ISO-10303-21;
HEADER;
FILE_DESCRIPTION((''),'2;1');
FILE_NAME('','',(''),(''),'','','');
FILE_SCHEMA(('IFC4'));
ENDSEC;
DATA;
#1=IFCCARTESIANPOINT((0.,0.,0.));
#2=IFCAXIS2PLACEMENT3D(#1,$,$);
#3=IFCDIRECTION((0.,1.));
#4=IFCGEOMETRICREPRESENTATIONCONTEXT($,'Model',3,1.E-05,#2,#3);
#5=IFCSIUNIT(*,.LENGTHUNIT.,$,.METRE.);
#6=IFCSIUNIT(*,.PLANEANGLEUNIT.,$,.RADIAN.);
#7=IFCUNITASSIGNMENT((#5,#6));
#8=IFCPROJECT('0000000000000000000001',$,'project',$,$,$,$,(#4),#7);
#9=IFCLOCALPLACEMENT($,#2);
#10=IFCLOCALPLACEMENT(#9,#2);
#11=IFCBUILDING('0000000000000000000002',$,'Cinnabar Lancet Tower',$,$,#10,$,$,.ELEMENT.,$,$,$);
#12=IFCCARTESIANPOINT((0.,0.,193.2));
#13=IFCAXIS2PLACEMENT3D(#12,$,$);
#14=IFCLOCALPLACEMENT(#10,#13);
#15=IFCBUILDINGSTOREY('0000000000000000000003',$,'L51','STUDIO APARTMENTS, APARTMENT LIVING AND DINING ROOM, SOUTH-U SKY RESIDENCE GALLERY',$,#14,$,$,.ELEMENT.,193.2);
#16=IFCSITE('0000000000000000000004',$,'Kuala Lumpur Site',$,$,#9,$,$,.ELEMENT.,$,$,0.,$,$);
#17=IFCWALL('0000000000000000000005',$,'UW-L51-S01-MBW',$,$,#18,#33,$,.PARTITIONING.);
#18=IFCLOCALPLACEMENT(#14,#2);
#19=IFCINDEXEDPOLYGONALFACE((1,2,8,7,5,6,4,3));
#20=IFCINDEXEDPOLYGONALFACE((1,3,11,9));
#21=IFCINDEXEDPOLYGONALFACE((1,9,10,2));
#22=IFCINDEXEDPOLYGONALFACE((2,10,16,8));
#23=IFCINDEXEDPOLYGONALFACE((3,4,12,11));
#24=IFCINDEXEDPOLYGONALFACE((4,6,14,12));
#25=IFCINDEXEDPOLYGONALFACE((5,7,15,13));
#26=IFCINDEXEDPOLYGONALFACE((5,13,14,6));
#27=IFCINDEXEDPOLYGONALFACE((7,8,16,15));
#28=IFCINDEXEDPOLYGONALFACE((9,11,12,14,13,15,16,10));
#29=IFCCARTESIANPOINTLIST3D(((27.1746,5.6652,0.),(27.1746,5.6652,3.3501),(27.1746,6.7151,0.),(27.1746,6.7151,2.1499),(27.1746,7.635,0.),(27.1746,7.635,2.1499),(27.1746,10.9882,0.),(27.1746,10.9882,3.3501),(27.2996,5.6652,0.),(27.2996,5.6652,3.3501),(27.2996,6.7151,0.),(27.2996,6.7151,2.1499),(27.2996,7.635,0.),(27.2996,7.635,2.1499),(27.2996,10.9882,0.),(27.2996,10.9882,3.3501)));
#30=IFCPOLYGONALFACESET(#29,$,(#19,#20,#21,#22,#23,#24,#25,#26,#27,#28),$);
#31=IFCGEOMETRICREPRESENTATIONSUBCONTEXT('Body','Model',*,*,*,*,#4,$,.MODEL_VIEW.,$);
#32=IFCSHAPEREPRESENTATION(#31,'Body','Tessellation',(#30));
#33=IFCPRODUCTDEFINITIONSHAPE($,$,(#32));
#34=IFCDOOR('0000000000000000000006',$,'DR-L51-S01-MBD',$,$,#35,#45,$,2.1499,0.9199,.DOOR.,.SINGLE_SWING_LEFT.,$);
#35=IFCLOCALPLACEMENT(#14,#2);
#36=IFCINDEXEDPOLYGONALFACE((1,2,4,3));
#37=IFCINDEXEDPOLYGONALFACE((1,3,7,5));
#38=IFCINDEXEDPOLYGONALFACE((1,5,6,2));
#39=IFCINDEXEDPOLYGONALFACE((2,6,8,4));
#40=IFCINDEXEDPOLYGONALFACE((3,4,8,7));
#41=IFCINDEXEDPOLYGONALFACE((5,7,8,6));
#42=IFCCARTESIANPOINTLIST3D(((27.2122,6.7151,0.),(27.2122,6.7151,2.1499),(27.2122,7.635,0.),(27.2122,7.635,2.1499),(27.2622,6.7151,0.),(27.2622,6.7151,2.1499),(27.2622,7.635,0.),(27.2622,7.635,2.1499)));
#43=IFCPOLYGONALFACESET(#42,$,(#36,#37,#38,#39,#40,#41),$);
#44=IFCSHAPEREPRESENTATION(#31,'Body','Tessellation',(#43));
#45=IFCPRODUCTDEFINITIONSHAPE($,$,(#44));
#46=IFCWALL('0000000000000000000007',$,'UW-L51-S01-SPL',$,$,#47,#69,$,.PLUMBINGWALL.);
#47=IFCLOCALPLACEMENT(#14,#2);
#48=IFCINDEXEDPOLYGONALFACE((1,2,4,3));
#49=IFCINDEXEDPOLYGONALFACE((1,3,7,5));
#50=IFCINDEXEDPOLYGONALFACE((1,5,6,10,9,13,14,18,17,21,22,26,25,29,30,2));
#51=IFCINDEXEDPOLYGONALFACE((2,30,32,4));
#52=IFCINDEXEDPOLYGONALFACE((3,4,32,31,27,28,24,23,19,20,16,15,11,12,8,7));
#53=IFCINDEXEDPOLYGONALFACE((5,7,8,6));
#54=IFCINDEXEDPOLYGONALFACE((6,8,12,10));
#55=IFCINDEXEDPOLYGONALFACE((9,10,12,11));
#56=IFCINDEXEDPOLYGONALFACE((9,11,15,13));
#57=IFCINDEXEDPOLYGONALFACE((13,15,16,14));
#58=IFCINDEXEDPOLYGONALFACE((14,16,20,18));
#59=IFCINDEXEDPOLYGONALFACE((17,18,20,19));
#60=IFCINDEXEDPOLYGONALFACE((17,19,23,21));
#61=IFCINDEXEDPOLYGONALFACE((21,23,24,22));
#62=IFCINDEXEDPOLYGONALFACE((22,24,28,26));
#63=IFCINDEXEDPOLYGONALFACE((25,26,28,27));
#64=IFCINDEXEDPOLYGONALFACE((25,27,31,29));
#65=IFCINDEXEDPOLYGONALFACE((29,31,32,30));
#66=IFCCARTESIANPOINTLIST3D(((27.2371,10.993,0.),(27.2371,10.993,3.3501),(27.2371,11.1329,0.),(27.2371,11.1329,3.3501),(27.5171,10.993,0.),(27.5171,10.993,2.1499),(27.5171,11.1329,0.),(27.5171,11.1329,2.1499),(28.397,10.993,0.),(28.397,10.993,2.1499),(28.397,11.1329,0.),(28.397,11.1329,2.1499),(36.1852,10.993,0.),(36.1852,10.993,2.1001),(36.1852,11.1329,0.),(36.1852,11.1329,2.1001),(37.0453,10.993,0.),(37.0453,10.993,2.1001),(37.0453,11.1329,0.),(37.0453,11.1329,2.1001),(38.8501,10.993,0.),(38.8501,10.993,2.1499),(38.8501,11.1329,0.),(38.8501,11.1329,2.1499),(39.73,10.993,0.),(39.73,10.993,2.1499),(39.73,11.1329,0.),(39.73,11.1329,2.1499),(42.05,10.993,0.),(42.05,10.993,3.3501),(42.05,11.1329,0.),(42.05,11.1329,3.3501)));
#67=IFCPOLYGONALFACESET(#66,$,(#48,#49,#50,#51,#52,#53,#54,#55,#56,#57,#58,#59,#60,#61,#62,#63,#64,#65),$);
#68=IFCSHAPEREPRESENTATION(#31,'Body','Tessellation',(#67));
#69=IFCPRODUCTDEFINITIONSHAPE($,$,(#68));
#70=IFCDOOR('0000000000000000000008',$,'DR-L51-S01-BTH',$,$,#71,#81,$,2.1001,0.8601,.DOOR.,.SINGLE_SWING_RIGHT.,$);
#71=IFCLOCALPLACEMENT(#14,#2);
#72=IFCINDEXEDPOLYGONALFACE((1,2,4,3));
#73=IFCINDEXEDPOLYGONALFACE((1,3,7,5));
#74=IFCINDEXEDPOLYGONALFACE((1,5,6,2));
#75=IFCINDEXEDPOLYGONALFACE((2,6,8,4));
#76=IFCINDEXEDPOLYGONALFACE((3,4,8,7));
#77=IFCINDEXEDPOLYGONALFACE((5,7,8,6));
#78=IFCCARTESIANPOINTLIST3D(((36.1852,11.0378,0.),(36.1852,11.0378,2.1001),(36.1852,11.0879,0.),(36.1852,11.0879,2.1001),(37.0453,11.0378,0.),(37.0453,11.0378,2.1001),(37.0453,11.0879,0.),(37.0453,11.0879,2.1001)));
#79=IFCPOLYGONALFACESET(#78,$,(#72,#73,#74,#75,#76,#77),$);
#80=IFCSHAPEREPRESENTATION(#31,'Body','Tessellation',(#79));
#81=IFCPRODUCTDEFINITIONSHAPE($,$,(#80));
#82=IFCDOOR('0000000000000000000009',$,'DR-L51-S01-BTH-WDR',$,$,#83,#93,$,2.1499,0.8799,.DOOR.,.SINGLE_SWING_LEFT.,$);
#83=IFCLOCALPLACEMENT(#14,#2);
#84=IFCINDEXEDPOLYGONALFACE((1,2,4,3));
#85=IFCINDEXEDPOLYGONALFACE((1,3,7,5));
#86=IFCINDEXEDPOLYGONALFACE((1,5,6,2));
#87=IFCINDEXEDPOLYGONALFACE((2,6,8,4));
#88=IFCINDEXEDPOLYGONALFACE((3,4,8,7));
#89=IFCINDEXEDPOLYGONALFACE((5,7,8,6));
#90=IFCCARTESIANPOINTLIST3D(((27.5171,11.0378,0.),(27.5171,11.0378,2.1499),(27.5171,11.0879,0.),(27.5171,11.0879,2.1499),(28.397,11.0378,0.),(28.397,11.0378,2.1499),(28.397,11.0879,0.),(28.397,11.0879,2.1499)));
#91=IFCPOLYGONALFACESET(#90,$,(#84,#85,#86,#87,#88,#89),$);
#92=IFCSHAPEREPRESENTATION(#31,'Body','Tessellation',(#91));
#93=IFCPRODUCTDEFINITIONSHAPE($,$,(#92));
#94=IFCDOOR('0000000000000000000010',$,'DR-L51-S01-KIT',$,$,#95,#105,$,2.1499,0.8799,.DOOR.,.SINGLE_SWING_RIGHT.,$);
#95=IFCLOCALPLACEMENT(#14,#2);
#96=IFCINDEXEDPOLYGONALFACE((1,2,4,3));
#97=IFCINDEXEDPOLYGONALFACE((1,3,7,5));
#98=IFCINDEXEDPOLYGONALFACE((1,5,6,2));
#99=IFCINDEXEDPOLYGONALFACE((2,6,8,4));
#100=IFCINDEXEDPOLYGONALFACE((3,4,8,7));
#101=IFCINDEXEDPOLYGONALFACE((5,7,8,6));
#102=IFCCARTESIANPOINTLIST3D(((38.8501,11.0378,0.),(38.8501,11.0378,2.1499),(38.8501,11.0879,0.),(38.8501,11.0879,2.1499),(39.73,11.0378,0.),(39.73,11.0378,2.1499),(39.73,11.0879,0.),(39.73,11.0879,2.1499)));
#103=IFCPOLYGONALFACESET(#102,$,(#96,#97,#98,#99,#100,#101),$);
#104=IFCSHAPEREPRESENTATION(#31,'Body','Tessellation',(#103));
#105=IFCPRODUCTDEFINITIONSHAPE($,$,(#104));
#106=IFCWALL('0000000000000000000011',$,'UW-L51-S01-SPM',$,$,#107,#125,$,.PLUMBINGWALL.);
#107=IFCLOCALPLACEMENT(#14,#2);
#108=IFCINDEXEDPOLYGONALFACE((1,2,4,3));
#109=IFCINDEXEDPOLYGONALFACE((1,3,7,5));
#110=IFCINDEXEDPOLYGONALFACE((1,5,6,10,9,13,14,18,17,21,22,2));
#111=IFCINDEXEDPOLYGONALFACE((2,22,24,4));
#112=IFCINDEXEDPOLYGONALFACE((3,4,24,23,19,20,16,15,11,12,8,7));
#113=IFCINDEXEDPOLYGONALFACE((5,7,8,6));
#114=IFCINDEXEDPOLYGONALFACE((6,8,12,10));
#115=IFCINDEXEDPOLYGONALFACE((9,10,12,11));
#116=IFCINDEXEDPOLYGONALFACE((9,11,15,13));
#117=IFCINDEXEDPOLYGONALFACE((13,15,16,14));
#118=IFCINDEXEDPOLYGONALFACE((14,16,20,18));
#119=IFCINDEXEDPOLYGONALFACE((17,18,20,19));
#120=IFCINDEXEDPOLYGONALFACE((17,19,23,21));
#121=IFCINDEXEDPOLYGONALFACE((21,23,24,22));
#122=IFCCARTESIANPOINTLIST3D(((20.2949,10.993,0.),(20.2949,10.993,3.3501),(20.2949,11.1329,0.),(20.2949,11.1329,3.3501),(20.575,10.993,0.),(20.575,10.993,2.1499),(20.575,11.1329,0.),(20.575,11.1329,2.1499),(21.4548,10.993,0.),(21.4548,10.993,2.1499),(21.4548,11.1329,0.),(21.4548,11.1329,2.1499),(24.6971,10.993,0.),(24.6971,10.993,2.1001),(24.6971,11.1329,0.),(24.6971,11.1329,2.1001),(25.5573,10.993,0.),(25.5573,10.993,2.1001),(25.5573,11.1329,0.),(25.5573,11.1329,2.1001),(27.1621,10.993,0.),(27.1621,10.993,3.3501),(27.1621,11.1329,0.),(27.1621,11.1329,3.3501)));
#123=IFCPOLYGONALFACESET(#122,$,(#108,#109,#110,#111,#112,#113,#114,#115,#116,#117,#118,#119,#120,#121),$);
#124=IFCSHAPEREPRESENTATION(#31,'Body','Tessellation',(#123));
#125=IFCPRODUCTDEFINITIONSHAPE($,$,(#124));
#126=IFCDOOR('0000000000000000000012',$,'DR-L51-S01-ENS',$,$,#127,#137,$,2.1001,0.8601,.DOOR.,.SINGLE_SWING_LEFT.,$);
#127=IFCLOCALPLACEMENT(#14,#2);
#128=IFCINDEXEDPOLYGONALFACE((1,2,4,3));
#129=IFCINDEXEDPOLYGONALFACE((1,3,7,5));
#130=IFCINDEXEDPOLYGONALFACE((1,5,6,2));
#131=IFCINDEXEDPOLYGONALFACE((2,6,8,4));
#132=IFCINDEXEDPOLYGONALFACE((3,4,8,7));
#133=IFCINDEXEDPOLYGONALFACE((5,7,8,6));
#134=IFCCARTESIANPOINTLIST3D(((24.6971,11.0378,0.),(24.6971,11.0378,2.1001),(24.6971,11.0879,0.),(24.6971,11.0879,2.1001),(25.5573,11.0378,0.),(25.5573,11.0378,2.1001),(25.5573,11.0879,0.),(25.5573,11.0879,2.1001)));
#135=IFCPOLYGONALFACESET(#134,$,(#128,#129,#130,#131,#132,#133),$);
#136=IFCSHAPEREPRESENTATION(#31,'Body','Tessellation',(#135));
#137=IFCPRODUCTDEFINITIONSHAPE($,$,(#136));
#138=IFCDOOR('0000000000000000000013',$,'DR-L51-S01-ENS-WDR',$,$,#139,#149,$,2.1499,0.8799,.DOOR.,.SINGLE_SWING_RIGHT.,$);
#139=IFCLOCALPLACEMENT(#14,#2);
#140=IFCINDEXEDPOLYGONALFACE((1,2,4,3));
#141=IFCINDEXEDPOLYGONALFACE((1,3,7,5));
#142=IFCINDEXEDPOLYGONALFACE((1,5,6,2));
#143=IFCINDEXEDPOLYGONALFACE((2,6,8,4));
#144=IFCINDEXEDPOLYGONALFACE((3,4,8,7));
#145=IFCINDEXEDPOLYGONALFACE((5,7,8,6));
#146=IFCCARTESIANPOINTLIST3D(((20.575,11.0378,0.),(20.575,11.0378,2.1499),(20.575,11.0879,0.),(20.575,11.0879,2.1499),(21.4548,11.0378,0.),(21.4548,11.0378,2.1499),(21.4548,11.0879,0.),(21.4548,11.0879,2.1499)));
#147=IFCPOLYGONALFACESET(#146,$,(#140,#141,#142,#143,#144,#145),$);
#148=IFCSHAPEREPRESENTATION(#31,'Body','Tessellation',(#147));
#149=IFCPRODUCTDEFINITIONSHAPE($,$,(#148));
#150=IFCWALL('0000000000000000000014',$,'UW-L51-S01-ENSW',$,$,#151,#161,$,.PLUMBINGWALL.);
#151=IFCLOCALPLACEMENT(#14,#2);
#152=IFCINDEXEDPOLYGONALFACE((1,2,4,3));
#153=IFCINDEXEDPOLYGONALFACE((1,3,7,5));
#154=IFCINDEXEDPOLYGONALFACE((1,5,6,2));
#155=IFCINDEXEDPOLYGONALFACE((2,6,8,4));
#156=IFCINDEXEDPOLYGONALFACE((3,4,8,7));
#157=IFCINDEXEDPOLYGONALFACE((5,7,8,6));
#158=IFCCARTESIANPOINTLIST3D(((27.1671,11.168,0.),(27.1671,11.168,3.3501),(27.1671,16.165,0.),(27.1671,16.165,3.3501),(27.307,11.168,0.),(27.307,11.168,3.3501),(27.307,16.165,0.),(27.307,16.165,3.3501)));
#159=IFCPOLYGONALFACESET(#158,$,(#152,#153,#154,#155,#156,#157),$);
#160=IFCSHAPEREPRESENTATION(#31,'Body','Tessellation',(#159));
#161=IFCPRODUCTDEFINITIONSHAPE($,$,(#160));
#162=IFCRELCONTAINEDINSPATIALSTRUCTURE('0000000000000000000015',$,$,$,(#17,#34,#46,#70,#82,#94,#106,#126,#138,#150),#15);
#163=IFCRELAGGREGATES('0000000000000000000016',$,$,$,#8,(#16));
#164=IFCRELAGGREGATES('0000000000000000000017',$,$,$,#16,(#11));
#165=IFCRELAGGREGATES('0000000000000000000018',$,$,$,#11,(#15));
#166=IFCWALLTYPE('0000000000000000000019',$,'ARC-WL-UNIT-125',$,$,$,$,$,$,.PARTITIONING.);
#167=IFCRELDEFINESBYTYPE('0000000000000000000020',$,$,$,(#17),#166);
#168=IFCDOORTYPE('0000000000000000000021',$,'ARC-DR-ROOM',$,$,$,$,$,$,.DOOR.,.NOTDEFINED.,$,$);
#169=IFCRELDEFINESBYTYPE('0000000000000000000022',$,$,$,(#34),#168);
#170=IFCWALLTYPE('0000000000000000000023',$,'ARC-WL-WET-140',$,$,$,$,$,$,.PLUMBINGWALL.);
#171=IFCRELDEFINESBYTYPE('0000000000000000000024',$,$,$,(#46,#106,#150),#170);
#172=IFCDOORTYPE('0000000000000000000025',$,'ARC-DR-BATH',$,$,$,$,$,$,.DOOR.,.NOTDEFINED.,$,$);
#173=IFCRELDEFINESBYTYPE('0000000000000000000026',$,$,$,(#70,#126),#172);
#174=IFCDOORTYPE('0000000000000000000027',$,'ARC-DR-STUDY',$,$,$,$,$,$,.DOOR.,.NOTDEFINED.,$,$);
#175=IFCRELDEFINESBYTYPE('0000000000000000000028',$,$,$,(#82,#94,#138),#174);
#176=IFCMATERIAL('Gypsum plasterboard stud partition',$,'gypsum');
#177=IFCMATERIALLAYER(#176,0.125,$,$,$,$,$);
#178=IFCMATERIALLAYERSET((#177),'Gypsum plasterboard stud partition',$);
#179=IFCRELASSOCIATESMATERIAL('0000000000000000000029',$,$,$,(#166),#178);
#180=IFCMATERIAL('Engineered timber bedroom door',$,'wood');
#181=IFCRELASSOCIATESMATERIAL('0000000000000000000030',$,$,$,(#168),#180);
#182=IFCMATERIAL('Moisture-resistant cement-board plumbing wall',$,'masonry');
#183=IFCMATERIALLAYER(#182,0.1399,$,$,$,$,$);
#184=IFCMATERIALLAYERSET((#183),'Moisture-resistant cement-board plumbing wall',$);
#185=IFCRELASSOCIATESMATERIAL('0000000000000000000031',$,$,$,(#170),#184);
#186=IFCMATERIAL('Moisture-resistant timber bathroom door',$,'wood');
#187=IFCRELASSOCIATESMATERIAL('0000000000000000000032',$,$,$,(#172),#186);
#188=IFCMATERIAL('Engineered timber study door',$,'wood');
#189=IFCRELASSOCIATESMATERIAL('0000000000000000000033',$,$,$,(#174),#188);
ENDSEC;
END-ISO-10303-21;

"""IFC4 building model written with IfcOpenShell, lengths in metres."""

from ifc_helpers import new_model, si_unit, direction, frame, frame_2d, origin, place, context, subcontext, project, spatial, rectangle, extrude, material, layer, layer_set, type_object, element, fill, save


model = new_model("IFC4")

# Units and contexts
model_context = context("Model", 3, precision=1e-05, world=origin(), true_north=direction((0.0, 1.0)))
body_context = subcontext(model_context, "Body", "Model", "MODEL_VIEW")
ifc_project = project(units=[si_unit("LENGTHUNIT", "METRE"), si_unit("PLANEANGLEUNIT", "RADIAN")], contexts=[model_context])

# Site, building, storey
site_placement = place(None, origin())
site = spatial("IfcSite", under=ifc_project, at=site_placement, Name="Kuala Lumpur Site", CompositionType="ELEMENT", RefElevation=0.0)
building_placement = place(site_placement, origin())
building = spatial("IfcBuilding", under=site, at=building_placement, Name="Cinnabar Lancet Tower", CompositionType="ELEMENT")
storey_placement = place(building_placement, frame((0.0, 0.0, 193.2)))
storey = spatial("IfcBuildingStorey", under=building, at=storey_placement, Name="L51", Description="STUDIO APARTMENTS, APARTMENT LIVING AND DINING ROOM, SOUTH-U SKY RESIDENCE GALLERY", CompositionType="ELEMENT", Elevation=193.2)

# Wall, opening, door
ifc_material_1 = material(Name="Gypsum plasterboard stud partition", Category="gypsum")
ifc_layer_1 = layer(ifc_material_1, 0.125)
ifc_layer_set_1 = layer_set([ifc_layer_1], Name="Gypsum plasterboard stud partition")
wall_type_1 = type_object("IfcWallType", Name="ARC-WL-UNIT-125", PredefinedType="PARTITIONING", material=ifc_layer_set_1)
wall_1_placement = place(storey_placement, frame((27.2371, 5.665, 0.0), z_axis=(0.0, 0.0, 1.0), x_axis=(0.0, 1.0, 0.0)))
wall_1 = element("IfcWall", 1, at=wall_1_placement, inside=storey, type_object=wall_type_1, Name="UW-L51-S01-MBW", PredefinedType="PARTITIONING", context=body_context, shape_type="SweptSolid", body=[
    extrude(rectangle(XDim=5.323, YDim=0.125, at=frame_2d((2.6616, 0.0))), origin(), (0.0, 0.0, 1.0), 3.3501),
])
opening_1_placement = place(wall_1_placement, frame((1.05, 0.0, 0.0)))
opening_1 = element("IfcOpeningElement", 2, at=opening_1_placement, cuts=wall_1, PredefinedType="OPENING", context=body_context, shape_type="SweptSolid", body=[
    extrude(rectangle(XDim=0.9199, YDim=2.1499, at=frame_2d((0.46, 1.075))), frame((0.0, 0.0725, 0.0), z_axis=(0.0, -1.0, 0.0), x_axis=(1.0, 0.0, 0.0)), (0.0, 0.0, 1.0), 0.145),
])
ifc_material_2 = material(Name="Engineered timber bedroom door", Category="wood")
door_type_1 = type_object("IfcDoorType", Name="ARC-DR-ROOM", OperationType="NOTDEFINED", PredefinedType="DOOR", material=ifc_material_2)
door_1_placement = place(opening_1_placement, origin())
door_1 = element("IfcDoor", 3, at=door_1_placement, inside=storey, type_object=door_type_1, Name="DR-L51-S01-MBD", OperationType="SINGLE_SWING_LEFT", OverallHeight=2.1499, OverallWidth=0.9199, PredefinedType="DOOR", context=body_context, shape_type="SweptSolid", body=[
    extrude(rectangle(XDim=0.9199, YDim=2.1499, at=frame_2d((0.46, 1.075))), frame((0.0, 0.0249, 0.0), z_axis=(0.0, -1.0, 0.0), x_axis=(1.0, 0.0, 0.0)), (0.0, 0.0, 1.0), 0.05),
])
fill(opening_1, door_1)

# Walls, openings, doors
ifc_material_3 = material(Name="Moisture-resistant cement-board plumbing wall", Category="masonry")
ifc_layer_2 = layer(ifc_material_3, 0.1399)
ifc_layer_set_2 = layer_set([ifc_layer_2], Name="Moisture-resistant cement-board plumbing wall")
wall_type_2 = type_object("IfcWallType", Name="ARC-WL-WET-140", PredefinedType="PLUMBINGWALL", material=ifc_layer_set_2)
wall_2_placement = place(storey_placement, frame((27.2371, 11.063, 0.0), z_axis=(0.0, 0.0, 1.0), x_axis=(1.0, 0.0, 0.0)))
wall_2 = element("IfcWall", 4, at=wall_2_placement, inside=storey, type_object=wall_type_2, Name="UW-L51-S01-SPL", PredefinedType="PLUMBINGWALL", context=body_context, shape_type="SweptSolid", body=[
    extrude(rectangle(XDim=14.813, YDim=0.1399, at=frame_2d((7.4065, 0.0))), origin(), (0.0, 0.0, 1.0), 3.3501),
])
opening_2_placement = place(wall_2_placement, frame((0.28, 0.0, 0.0)))
opening_2 = element("IfcOpeningElement", 5, at=opening_2_placement, cuts=wall_2, PredefinedType="OPENING", context=body_context, shape_type="SweptSolid", body=[
    extrude(rectangle(XDim=0.8799, YDim=2.1499, at=frame_2d((0.4399, 1.075))), frame((0.0, 0.0798, 0.0), z_axis=(0.0, -1.0, 0.0), x_axis=(1.0, 0.0, 0.0)), (0.0, 0.0, 1.0), 0.1599),
])
opening_3_placement = place(wall_2_placement, frame((8.948, 0.0, 0.0)))
opening_3 = element("IfcOpeningElement", 6, at=opening_3_placement, cuts=wall_2, PredefinedType="OPENING", context=body_context, shape_type="SweptSolid", body=[
    extrude(rectangle(XDim=0.8601, YDim=2.1001, at=frame_2d((0.4302, 1.05))), frame((0.0, 0.0798, 0.0), z_axis=(0.0, -1.0, 0.0), x_axis=(1.0, 0.0, 0.0)), (0.0, 0.0, 1.0), 0.1599),
])
opening_4_placement = place(wall_2_placement, frame((11.613, 0.0, 0.0)))
opening_4 = element("IfcOpeningElement", 7, at=opening_4_placement, cuts=wall_2, PredefinedType="OPENING", context=body_context, shape_type="SweptSolid", body=[
    extrude(rectangle(XDim=0.8799, YDim=2.1499, at=frame_2d((0.4399, 1.075))), frame((0.0, 0.0798, 0.0), z_axis=(0.0, -1.0, 0.0), x_axis=(1.0, 0.0, 0.0)), (0.0, 0.0, 1.0), 0.1599),
])
ifc_material_4 = material(Name="Moisture-resistant timber bathroom door", Category="wood")
door_type_2 = type_object("IfcDoorType", Name="ARC-DR-BATH", OperationType="NOTDEFINED", PredefinedType="DOOR", material=ifc_material_4)
door_2_placement = place(opening_3_placement, origin())
door_2 = element("IfcDoor", 8, at=door_2_placement, inside=storey, type_object=door_type_2, Name="DR-L51-S01-BTH", OperationType="SINGLE_SWING_RIGHT", OverallHeight=2.1001, OverallWidth=0.8601, PredefinedType="DOOR", context=body_context, shape_type="SweptSolid", body=[
    extrude(rectangle(XDim=0.8601, YDim=2.1001, at=frame_2d((0.4302, 1.05))), frame((0.0, 0.0249, 0.0), z_axis=(0.0, -1.0, 0.0), x_axis=(1.0, 0.0, 0.0)), (0.0, 0.0, 1.0), 0.05),
])
fill(opening_3, door_2)
ifc_material_5 = material(Name="Engineered timber study door", Category="wood")
door_type_3 = type_object("IfcDoorType", Name="ARC-DR-STUDY", OperationType="NOTDEFINED", PredefinedType="DOOR", material=ifc_material_5)
door_3_placement = place(opening_2_placement, origin())
door_3 = element("IfcDoor", 9, at=door_3_placement, inside=storey, type_object=door_type_3, Name="DR-L51-S01-BTH-WDR", OperationType="SINGLE_SWING_LEFT", OverallHeight=2.1499, OverallWidth=0.8799, PredefinedType="DOOR", context=body_context, shape_type="SweptSolid", body=[
    extrude(rectangle(XDim=0.8799, YDim=2.1499, at=frame_2d((0.4399, 1.075))), frame((0.0, 0.0249, 0.0), z_axis=(0.0, -1.0, 0.0), x_axis=(1.0, 0.0, 0.0)), (0.0, 0.0, 1.0), 0.05),
])
fill(opening_2, door_3)
door_4_placement = place(opening_4_placement, origin())
door_4 = element("IfcDoor", 10, at=door_4_placement, inside=storey, type_object=door_type_3, Name="DR-L51-S01-KIT", OperationType="SINGLE_SWING_RIGHT", OverallHeight=2.1499, OverallWidth=0.8799, PredefinedType="DOOR", context=body_context, shape_type="SweptSolid", body=[
    extrude(rectangle(XDim=0.8799, YDim=2.1499, at=frame_2d((0.4399, 1.075))), frame((0.0, 0.0249, 0.0), z_axis=(0.0, -1.0, 0.0), x_axis=(1.0, 0.0, 0.0)), (0.0, 0.0, 1.0), 0.05),
])
fill(opening_4, door_4)
wall_3_placement = place(storey_placement, frame((20.2949, 11.063, 0.0), z_axis=(0.0, 0.0, 1.0), x_axis=(1.0, 0.0, 0.0)))
wall_3 = element("IfcWall", 11, at=wall_3_placement, inside=storey, type_object=wall_type_2, Name="UW-L51-S01-SPM", PredefinedType="PLUMBINGWALL", context=body_context, shape_type="SweptSolid", body=[
    extrude(rectangle(XDim=6.8672, YDim=0.1399, at=frame_2d((3.4336, 0.0))), origin(), (0.0, 0.0, 1.0), 3.3501),
])
opening_5_placement = place(wall_3_placement, frame((0.28, 0.0, 0.0)))
opening_5 = element("IfcOpeningElement", 12, at=opening_5_placement, cuts=wall_3, PredefinedType="OPENING", context=body_context, shape_type="SweptSolid", body=[
    extrude(rectangle(XDim=0.8799, YDim=2.1499, at=frame_2d((0.4399, 1.075))), frame((0.0, 0.0798, 0.0), z_axis=(0.0, -1.0, 0.0), x_axis=(1.0, 0.0, 0.0)), (0.0, 0.0, 1.0), 0.1599),
])
opening_6_placement = place(wall_3_placement, frame((4.4021, 0.0, 0.0)))
opening_6 = element("IfcOpeningElement", 13, at=opening_6_placement, cuts=wall_3, PredefinedType="OPENING", context=body_context, shape_type="SweptSolid", body=[
    extrude(rectangle(XDim=0.8601, YDim=2.1001, at=frame_2d((0.4302, 1.05))), frame((0.0, 0.0798, 0.0), z_axis=(0.0, -1.0, 0.0), x_axis=(1.0, 0.0, 0.0)), (0.0, 0.0, 1.0), 0.1599),
])
door_5_placement = place(opening_6_placement, origin())
door_5 = element("IfcDoor", 14, at=door_5_placement, inside=storey, type_object=door_type_2, Name="DR-L51-S01-ENS", OperationType="SINGLE_SWING_LEFT", OverallHeight=2.1001, OverallWidth=0.8601, PredefinedType="DOOR", context=body_context, shape_type="SweptSolid", body=[
    extrude(rectangle(XDim=0.8601, YDim=2.1001, at=frame_2d((0.4302, 1.05))), frame((0.0, 0.0249, 0.0), z_axis=(0.0, -1.0, 0.0), x_axis=(1.0, 0.0, 0.0)), (0.0, 0.0, 1.0), 0.05),
])
fill(opening_6, door_5)
door_6_placement = place(opening_5_placement, origin())
door_6 = element("IfcDoor", 15, at=door_6_placement, inside=storey, type_object=door_type_3, Name="DR-L51-S01-ENS-WDR", OperationType="SINGLE_SWING_RIGHT", OverallHeight=2.1499, OverallWidth=0.8799, PredefinedType="DOOR", context=body_context, shape_type="SweptSolid", body=[
    extrude(rectangle(XDim=0.8799, YDim=2.1499, at=frame_2d((0.4399, 1.075))), frame((0.0, 0.0249, 0.0), z_axis=(0.0, -1.0, 0.0), x_axis=(1.0, 0.0, 0.0)), (0.0, 0.0, 1.0), 0.05),
])
fill(opening_5, door_6)

# Wall
wall_4_placement = place(storey_placement, frame((27.2371, 11.168, 0.0), z_axis=(0.0, 0.0, 1.0), x_axis=(0.0, 1.0, 0.0)))
element("IfcWall", 16, at=wall_4_placement, inside=storey, type_object=wall_type_2, Name="UW-L51-S01-ENSW", PredefinedType="PLUMBINGWALL", context=body_context, shape_type="SweptSolid", body=[
    extrude(rectangle(XDim=4.9971, YDim=0.1399, at=frame_2d((2.4985, 0.0))), origin(), (0.0, 0.0, 1.0), 3.3501),
])

save(model, "model.ifc")
